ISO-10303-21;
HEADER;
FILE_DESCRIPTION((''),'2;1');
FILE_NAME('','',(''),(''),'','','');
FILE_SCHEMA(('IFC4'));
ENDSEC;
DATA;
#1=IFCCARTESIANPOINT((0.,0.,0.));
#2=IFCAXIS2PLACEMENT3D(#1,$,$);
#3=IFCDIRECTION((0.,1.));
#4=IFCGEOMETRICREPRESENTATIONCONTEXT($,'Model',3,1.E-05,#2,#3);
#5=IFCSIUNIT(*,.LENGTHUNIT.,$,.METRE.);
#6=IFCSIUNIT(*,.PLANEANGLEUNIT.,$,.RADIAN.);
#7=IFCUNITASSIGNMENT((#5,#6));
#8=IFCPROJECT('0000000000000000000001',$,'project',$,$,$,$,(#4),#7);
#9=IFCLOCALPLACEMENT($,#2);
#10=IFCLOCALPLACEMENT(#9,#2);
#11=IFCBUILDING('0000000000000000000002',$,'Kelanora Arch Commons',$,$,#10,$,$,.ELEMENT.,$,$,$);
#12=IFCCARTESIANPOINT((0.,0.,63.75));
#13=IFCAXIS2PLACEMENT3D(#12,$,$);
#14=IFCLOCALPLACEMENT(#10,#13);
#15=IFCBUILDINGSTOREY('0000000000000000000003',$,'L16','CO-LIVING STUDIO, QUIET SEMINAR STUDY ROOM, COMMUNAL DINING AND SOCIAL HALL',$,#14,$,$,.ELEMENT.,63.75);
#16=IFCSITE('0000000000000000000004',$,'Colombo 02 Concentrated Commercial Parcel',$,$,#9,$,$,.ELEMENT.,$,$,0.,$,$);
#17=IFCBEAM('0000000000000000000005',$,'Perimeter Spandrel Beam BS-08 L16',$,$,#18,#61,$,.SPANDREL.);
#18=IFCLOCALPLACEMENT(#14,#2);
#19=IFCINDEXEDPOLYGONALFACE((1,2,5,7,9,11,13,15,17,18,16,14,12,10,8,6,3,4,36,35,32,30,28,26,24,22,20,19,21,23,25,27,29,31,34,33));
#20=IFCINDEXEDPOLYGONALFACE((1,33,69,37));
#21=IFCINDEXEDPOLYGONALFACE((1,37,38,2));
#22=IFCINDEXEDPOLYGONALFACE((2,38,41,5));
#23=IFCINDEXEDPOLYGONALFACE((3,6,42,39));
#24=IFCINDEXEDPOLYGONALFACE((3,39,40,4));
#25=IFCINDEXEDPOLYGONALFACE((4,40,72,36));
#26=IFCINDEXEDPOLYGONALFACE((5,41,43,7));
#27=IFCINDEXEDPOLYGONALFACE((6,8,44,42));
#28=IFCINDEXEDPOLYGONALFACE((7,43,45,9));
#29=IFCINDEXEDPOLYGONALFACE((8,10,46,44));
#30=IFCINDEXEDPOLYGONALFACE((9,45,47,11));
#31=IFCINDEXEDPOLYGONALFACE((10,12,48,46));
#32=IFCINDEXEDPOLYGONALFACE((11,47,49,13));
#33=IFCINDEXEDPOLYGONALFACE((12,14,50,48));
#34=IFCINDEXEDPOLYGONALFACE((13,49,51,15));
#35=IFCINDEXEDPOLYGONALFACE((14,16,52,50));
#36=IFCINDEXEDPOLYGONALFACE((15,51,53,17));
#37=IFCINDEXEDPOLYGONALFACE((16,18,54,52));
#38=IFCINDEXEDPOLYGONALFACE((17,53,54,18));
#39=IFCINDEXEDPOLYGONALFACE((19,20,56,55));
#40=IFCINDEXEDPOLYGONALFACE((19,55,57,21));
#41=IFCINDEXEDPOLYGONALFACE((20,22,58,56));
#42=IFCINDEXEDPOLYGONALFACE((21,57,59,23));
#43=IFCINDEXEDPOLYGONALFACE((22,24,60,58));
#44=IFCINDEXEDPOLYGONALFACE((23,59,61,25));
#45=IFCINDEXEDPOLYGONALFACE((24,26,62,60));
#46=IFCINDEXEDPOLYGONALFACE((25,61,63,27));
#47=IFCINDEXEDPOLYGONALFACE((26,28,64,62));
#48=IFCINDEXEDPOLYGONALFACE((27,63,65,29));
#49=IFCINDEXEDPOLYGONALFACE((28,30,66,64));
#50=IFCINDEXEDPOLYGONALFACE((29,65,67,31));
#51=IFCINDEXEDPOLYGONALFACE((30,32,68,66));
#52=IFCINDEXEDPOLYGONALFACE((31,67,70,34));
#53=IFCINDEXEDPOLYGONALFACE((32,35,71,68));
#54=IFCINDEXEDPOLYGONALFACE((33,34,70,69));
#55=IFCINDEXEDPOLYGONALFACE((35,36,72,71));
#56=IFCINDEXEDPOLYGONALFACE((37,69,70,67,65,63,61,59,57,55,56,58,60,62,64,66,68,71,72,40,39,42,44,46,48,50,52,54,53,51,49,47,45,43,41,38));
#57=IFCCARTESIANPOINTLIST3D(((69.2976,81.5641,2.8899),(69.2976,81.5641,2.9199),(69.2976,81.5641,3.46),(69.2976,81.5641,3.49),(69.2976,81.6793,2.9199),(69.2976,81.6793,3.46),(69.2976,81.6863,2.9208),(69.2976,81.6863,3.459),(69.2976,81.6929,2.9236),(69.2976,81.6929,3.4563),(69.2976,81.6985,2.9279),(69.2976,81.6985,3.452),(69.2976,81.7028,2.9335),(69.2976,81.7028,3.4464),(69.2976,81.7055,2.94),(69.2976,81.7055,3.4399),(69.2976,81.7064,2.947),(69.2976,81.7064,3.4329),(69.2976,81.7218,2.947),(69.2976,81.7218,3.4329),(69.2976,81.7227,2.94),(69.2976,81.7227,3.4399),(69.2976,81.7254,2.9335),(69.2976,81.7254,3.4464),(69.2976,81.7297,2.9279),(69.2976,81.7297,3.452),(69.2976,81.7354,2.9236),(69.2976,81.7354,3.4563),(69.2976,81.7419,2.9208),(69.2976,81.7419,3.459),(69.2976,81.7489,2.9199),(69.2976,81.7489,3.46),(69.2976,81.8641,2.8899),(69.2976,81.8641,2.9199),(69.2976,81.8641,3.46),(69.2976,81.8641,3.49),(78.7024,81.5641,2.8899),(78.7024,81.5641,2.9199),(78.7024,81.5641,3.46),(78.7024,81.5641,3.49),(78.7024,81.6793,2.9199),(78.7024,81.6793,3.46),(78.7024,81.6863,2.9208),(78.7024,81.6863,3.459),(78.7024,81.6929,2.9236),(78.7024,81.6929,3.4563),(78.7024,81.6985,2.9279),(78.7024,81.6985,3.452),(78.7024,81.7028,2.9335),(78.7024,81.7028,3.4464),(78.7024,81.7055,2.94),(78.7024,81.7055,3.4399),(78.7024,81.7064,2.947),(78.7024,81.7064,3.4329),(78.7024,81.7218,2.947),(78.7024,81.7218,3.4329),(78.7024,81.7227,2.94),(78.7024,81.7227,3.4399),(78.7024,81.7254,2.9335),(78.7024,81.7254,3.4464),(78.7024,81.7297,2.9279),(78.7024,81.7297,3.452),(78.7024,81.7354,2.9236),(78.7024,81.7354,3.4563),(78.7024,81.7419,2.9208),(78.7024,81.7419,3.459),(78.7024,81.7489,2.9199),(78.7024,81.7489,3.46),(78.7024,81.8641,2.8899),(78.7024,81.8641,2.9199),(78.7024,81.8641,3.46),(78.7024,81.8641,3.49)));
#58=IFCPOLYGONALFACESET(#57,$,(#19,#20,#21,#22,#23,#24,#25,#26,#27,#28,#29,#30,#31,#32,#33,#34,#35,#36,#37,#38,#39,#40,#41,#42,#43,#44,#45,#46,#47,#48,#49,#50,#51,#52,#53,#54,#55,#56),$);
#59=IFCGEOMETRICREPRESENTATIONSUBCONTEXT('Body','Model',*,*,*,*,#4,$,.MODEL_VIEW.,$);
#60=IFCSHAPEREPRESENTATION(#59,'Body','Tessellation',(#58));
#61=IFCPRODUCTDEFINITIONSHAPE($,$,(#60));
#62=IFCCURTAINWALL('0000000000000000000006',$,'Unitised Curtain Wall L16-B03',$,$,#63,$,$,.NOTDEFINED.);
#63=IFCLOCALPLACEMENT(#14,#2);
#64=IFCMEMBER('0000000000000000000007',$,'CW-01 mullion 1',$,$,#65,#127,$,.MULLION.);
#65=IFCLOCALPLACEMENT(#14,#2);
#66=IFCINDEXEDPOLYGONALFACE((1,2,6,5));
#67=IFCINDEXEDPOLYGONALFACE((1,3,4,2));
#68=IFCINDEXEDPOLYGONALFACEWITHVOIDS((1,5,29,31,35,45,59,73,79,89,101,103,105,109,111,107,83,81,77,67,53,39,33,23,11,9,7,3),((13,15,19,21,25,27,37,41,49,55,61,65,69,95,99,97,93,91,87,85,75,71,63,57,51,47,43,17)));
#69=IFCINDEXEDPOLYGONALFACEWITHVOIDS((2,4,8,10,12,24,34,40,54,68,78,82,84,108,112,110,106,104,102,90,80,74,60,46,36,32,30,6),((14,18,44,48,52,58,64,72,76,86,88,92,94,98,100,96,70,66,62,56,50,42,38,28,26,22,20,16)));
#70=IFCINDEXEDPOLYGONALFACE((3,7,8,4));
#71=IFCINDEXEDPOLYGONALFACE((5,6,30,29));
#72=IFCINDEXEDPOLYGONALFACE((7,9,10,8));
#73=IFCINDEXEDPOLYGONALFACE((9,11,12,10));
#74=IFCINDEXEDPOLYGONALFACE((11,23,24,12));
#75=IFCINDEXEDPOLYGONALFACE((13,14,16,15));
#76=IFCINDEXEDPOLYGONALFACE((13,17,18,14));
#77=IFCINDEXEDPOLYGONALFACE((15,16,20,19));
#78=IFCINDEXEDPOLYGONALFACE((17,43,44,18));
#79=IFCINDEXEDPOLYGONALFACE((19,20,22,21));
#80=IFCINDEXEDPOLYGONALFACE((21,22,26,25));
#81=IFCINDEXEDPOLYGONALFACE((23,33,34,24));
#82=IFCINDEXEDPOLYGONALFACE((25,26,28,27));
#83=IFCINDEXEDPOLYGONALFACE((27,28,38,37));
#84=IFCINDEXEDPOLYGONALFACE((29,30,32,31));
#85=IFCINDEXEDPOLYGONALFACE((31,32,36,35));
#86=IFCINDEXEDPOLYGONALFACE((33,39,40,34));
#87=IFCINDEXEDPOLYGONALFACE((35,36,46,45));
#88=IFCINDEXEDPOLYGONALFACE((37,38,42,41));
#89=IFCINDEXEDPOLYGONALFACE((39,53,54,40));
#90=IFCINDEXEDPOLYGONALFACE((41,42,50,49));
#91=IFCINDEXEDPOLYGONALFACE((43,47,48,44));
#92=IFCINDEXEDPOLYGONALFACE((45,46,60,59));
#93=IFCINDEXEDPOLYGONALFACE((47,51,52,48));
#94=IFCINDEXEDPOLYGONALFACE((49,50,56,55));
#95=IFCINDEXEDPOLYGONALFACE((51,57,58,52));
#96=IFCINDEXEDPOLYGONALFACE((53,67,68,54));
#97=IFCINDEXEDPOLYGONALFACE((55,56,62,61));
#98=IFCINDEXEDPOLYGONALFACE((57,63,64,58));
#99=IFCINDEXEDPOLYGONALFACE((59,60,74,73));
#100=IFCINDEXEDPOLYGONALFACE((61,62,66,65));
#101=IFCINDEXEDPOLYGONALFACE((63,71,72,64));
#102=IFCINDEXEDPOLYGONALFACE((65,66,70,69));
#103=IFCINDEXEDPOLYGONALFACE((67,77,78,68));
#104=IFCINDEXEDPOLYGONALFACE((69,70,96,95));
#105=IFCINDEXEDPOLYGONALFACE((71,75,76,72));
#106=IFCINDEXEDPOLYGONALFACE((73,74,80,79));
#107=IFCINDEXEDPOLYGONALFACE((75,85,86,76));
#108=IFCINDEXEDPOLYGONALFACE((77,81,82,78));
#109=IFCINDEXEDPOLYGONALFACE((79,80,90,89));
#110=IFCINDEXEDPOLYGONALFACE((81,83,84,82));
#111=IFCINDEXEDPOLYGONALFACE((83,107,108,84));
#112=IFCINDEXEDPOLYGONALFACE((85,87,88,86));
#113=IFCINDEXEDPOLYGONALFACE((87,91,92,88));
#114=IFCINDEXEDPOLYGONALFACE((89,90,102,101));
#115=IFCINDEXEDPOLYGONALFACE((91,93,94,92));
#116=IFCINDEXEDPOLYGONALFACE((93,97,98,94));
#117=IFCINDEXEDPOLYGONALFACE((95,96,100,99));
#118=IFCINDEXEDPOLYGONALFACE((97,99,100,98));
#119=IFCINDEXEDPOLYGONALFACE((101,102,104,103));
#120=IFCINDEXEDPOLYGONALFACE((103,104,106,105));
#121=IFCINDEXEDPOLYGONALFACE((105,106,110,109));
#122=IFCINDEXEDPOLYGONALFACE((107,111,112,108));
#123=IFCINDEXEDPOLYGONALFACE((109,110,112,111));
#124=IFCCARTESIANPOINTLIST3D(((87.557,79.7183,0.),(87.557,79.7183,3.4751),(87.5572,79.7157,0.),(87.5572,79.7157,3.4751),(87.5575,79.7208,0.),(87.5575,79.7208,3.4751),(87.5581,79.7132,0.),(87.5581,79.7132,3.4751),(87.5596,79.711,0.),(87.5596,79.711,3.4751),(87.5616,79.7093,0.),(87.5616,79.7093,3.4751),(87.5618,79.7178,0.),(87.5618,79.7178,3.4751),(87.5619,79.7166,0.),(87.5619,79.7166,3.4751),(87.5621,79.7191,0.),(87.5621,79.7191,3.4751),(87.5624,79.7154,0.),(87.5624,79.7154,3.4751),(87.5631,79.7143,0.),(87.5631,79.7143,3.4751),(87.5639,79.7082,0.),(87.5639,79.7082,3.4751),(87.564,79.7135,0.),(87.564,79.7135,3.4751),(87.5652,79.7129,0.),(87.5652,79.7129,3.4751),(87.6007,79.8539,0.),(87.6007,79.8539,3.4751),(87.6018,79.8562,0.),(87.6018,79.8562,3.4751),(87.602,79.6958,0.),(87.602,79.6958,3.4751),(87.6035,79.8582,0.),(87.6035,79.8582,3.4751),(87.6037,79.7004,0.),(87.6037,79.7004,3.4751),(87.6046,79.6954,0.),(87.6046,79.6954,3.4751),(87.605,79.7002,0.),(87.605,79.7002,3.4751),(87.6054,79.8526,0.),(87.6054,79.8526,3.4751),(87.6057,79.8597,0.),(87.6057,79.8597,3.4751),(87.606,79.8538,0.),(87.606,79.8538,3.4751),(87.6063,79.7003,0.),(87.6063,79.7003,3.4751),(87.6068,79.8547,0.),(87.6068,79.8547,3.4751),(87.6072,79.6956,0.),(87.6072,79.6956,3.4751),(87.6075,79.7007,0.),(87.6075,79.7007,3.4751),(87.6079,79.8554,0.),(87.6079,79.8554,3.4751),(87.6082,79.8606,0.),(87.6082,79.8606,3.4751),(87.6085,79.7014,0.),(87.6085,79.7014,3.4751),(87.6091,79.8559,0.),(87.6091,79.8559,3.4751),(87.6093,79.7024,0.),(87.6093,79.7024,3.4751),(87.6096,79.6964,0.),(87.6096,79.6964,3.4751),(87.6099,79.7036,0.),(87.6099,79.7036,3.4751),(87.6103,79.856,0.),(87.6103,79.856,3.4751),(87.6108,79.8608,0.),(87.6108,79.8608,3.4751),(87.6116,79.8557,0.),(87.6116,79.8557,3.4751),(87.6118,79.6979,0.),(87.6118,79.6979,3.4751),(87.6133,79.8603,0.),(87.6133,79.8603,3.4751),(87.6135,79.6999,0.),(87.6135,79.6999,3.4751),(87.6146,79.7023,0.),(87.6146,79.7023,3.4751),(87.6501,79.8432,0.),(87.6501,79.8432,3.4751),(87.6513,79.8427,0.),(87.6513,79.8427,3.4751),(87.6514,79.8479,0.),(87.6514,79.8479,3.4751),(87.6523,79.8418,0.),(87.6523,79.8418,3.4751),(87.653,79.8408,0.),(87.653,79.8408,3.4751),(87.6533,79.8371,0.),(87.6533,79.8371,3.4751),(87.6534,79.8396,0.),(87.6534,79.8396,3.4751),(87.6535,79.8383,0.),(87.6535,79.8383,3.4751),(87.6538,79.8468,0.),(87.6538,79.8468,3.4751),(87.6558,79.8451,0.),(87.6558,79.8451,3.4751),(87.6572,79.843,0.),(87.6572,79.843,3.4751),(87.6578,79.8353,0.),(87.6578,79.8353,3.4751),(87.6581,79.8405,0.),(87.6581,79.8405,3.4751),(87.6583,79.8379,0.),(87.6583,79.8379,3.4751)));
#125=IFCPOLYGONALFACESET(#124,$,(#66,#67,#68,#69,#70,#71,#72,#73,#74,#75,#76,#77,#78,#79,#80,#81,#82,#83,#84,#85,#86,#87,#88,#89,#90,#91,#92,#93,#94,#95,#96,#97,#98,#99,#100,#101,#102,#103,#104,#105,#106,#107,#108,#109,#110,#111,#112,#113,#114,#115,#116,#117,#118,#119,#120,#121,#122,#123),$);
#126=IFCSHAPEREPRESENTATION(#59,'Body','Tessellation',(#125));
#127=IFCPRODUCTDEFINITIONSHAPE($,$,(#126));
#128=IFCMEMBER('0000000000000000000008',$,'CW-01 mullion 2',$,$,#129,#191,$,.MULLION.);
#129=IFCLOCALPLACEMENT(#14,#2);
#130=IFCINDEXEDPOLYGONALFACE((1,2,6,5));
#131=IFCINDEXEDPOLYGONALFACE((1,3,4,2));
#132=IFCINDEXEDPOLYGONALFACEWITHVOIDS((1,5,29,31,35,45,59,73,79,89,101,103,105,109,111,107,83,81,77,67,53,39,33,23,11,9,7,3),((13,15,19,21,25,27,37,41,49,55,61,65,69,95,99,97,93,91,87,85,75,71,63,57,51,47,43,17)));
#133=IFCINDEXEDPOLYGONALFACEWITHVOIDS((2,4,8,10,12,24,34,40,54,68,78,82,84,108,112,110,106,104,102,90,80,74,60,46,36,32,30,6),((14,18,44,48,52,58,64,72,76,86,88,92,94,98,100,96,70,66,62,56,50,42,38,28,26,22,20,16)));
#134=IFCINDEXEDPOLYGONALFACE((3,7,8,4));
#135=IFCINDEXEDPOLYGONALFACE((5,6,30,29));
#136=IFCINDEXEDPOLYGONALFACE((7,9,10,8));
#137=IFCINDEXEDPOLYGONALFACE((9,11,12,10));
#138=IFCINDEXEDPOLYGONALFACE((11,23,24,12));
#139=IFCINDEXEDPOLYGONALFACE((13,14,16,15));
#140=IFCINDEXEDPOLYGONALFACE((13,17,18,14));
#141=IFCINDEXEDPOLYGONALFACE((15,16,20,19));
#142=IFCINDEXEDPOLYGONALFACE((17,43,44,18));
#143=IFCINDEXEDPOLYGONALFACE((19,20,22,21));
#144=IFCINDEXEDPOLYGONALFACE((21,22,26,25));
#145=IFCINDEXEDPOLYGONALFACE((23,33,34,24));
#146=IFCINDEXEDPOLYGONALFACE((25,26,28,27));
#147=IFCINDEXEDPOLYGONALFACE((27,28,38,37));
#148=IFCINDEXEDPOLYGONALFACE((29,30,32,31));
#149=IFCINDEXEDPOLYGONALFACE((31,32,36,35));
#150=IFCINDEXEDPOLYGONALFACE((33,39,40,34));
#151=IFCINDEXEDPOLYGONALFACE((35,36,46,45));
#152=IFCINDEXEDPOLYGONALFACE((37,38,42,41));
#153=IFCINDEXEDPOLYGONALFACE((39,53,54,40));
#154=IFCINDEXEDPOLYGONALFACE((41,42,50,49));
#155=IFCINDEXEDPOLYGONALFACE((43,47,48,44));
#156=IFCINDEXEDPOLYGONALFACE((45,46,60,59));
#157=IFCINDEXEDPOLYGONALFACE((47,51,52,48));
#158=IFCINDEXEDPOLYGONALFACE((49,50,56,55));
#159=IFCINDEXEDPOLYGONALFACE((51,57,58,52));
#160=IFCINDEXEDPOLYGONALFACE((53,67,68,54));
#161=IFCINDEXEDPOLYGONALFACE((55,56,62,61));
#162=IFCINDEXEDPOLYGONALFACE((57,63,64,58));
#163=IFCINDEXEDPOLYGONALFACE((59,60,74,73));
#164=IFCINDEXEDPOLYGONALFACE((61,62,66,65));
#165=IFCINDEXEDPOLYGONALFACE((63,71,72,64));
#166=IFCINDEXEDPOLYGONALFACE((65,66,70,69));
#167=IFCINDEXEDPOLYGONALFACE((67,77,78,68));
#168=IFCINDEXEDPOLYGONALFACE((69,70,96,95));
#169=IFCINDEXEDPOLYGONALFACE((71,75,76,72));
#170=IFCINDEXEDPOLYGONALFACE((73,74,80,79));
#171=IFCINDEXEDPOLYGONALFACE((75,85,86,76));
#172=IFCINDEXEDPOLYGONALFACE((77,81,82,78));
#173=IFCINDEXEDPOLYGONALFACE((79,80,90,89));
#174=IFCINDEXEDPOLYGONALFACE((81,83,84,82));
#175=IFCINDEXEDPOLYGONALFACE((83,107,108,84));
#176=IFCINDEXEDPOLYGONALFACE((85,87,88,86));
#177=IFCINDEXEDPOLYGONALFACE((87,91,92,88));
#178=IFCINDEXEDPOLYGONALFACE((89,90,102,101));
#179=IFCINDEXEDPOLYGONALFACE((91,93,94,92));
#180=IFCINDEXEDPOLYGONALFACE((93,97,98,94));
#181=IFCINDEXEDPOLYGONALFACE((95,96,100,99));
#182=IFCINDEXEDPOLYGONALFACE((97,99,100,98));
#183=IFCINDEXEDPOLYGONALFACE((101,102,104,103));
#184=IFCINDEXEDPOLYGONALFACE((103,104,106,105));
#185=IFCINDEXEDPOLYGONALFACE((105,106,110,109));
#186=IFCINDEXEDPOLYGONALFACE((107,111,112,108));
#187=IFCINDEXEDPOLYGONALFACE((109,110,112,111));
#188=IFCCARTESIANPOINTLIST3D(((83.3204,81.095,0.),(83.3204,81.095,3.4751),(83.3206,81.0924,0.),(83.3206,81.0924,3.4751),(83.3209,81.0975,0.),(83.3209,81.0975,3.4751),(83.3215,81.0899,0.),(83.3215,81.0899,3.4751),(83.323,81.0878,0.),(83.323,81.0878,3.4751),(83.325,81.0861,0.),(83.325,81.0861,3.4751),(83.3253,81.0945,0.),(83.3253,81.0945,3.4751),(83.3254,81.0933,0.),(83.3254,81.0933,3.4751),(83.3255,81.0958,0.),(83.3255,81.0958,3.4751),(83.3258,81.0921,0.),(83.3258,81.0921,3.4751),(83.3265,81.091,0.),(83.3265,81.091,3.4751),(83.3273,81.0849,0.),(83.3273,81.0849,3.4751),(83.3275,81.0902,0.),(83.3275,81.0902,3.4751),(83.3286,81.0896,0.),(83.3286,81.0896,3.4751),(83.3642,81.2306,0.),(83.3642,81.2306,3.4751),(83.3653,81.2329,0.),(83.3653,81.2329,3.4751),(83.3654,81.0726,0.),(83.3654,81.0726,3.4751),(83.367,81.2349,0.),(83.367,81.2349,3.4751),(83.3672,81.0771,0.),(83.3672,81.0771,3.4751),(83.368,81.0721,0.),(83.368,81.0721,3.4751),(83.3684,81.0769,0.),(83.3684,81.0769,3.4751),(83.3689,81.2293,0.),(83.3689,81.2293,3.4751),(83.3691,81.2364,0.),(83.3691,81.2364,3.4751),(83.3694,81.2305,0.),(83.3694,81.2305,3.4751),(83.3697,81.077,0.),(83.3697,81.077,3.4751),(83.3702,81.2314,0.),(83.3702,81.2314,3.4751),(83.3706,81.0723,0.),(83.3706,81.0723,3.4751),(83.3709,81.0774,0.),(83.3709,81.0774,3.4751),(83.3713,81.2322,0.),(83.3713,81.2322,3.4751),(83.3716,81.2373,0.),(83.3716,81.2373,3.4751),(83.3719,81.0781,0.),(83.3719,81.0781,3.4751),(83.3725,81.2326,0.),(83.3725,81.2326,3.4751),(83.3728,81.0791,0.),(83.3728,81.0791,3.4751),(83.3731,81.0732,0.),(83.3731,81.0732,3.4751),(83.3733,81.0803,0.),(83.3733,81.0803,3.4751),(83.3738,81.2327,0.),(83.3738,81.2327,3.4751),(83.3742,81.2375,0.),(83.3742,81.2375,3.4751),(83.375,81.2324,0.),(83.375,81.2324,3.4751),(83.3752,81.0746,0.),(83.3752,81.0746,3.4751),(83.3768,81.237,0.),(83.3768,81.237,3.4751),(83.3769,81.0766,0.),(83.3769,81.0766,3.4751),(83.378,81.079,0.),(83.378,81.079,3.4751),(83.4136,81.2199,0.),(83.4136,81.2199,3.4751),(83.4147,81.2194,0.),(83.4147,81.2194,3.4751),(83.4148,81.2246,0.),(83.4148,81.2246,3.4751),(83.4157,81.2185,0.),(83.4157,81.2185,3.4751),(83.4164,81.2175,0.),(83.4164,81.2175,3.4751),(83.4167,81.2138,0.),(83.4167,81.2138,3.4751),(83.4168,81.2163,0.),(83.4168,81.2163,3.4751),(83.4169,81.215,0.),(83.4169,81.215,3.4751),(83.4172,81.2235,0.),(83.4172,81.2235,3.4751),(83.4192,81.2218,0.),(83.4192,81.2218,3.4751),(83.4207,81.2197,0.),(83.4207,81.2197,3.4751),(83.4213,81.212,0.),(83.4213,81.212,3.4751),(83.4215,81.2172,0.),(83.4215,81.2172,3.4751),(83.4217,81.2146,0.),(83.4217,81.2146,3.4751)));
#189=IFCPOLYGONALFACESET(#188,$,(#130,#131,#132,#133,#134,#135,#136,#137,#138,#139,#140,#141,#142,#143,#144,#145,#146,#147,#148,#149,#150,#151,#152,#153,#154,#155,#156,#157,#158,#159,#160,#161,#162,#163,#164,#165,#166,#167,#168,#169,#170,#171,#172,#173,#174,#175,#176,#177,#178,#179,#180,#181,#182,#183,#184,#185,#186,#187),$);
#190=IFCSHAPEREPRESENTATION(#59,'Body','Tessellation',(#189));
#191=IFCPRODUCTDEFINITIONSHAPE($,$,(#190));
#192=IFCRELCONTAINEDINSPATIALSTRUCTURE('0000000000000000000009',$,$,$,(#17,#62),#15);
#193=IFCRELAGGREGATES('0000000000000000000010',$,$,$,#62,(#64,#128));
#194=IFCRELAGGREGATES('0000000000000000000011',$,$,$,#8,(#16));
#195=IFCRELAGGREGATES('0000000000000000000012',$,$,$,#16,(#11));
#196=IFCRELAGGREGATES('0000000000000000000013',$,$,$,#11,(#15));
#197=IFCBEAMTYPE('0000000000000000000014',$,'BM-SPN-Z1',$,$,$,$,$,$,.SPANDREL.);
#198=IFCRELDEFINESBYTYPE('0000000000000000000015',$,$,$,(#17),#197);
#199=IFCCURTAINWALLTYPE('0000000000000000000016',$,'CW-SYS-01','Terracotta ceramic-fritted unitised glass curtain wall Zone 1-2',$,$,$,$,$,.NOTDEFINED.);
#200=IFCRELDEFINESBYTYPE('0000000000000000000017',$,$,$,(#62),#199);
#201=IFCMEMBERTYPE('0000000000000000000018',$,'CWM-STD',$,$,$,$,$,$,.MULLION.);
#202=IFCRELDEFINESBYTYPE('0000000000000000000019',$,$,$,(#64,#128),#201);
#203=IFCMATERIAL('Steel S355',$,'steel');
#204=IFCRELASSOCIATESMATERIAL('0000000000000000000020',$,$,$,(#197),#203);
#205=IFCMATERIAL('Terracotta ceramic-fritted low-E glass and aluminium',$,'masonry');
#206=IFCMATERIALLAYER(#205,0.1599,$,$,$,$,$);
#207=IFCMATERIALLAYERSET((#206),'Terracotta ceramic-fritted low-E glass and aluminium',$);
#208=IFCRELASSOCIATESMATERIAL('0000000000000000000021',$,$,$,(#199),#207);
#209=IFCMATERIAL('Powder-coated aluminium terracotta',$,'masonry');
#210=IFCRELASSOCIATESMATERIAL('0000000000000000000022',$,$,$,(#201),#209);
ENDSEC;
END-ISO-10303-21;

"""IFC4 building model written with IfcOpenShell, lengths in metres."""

from ifc_helpers import new_model, si_unit, direction, frame, origin, origin_2d, place, context, subcontext, project, spatial, hollow_rectangle, i_section, extrude, material, layer, layer_set, material_profile, profile_set, type_object, element, aggregate, save


model = new_model("IFC4")

# Units and contexts
model_context = context("Model", 3, precision=1e-05, world=origin(), true_north=direction((0.0, 1.0)))
body_context = subcontext(model_context, "Body", "Model", "MODEL_VIEW")
ifc_project = project(units=[si_unit("LENGTHUNIT", "METRE"), si_unit("PLANEANGLEUNIT", "RADIAN")], contexts=[model_context])

# Site, building, storey
site_placement = place(None, origin())
site = spatial("IfcSite", under=ifc_project, at=site_placement, Name="Colombo 02 Concentrated Commercial Parcel", CompositionType="ELEMENT", RefElevation=0.0)
building_placement = place(site_placement, origin())
building = spatial("IfcBuilding", under=site, at=building_placement, Name="Kelanora Arch Commons", CompositionType="ELEMENT")
storey_placement = place(building_placement, frame((0.0, 0.0, 63.75)))
storey = spatial("IfcBuildingStorey", under=building, at=storey_placement, Name="L16", Description="CO-LIVING STUDIO, QUIET SEMINAR STUDY ROOM, COMMUNAL DINING AND SOCIAL HALL", CompositionType="ELEMENT", Elevation=63.75)

# Beam
ifc_material_1 = material(Name="Steel S355", Category="steel")
ifc_material_profile_1 = material_profile(ifc_material_1, i_section(OverallWidth=0.3, OverallDepth=0.6001, WebThickness=0.0154, FlangeThickness=0.03, FilletRadius=0.0271, at=origin_2d()), Name="HEB600")
ifc_profile_set_1 = profile_set([ifc_material_profile_1], Name="Steel S355")
beam_type_1 = type_object("IfcBeamType", Name="BM-SPN-Z1", PredefinedType="SPANDREL", material=ifc_profile_set_1)
beam_1_placement = place(storey_placement, frame((78.7024, 81.7141, 3.1899), z_axis=(-1.0, 0.0, 0.0), x_axis=(0.0, -1.0, 0.0)))
element("IfcBeam", 1, at=beam_1_placement, inside=storey, type_object=beam_type_1, Name="Perimeter Spandrel Beam BS-08 L16", PredefinedType="SPANDREL", context=body_context, shape_type="SweptSolid", body=[
    extrude(i_section(OverallWidth=0.3, OverallDepth=0.6001, WebThickness=0.0154, FlangeThickness=0.03, FilletRadius=0.0271, at=origin_2d()), origin(), (0.0, 0.0, 1.0), 9.4048),
])

# Curtain wall, members
ifc_material_2 = material(Name="Terracotta ceramic-fritted low-E glass and aluminium", Category="masonry")
ifc_layer_1 = layer(ifc_material_2, 0.1599)
ifc_layer_set_1 = layer_set([ifc_layer_1], Name="Terracotta ceramic-fritted low-E glass and aluminium")
curtain_wall_type = type_object("IfcCurtainWallType", Name="CW-SYS-01", Description="Terracotta ceramic-fritted unitised glass curtain wall Zone 1-2", PredefinedType="NOTDEFINED", material=ifc_layer_set_1)
curtain_wall_placement = place(storey_placement, origin())
curtain_wall = element("IfcCurtainWall", 2, at=curtain_wall_placement, inside=storey, type_object=curtain_wall_type, Name="Unitised Curtain Wall L16-B03", PredefinedType="NOTDEFINED")
ifc_material_3 = material(Name="Powder-coated aluminium terracotta", Category="masonry")
ifc_material_profile_2 = material_profile(ifc_material_3, hollow_rectangle(XDim=0.1599, YDim=0.0601, WallThickness=0.0049, InnerFilletRadius=0.0049, OuterFilletRadius=0.01, at=origin_2d()), Name="CWM160x60")
ifc_profile_set_2 = profile_set([ifc_material_profile_2], Name="Powder-coated aluminium terracotta")
member_type_1 = type_object("IfcMemberType", Name="CWM-STD", PredefinedType="MULLION", material=ifc_profile_set_2)
member_1_placement = place(storey_placement, frame((87.6077, 79.7781, 0.0), z_axis=(0.0, 0.0, 1.0), x_axis=(-0.309058, -0.951043, 0.0)))
member_1 = element("IfcMember", 3, at=member_1_placement, type_object=member_type_1, Name="CW-01 mullion 1", PredefinedType="MULLION", context=body_context, shape_type="SweptSolid", body=[
    extrude(hollow_rectangle(XDim=0.1599, YDim=0.0601, WallThickness=0.0049, InnerFilletRadius=0.0049, OuterFilletRadius=0.01, at=origin_2d()), origin(), (0.0, 0.0, 1.0), 3.4751),
])
member_2_placement = place(storey_placement, frame((83.3711, 81.1548, 0.0), z_axis=(0.0, 0.0, 1.0), x_axis=(-0.309058, -0.951043, 0.0)))
member_2 = element("IfcMember", 4, at=member_2_placement, type_object=member_type_1, Name="CW-01 mullion 2", PredefinedType="MULLION", context=body_context, shape_type="SweptSolid", body=[
    extrude(hollow_rectangle(XDim=0.1599, YDim=0.0601, WallThickness=0.0049, InnerFilletRadius=0.0049, OuterFilletRadius=0.01, at=origin_2d()), origin(), (0.0, 0.0, 1.0), 3.4751),
])
aggregate(curtain_wall, [member_1, member_2])

save(model, "model.ifc")
